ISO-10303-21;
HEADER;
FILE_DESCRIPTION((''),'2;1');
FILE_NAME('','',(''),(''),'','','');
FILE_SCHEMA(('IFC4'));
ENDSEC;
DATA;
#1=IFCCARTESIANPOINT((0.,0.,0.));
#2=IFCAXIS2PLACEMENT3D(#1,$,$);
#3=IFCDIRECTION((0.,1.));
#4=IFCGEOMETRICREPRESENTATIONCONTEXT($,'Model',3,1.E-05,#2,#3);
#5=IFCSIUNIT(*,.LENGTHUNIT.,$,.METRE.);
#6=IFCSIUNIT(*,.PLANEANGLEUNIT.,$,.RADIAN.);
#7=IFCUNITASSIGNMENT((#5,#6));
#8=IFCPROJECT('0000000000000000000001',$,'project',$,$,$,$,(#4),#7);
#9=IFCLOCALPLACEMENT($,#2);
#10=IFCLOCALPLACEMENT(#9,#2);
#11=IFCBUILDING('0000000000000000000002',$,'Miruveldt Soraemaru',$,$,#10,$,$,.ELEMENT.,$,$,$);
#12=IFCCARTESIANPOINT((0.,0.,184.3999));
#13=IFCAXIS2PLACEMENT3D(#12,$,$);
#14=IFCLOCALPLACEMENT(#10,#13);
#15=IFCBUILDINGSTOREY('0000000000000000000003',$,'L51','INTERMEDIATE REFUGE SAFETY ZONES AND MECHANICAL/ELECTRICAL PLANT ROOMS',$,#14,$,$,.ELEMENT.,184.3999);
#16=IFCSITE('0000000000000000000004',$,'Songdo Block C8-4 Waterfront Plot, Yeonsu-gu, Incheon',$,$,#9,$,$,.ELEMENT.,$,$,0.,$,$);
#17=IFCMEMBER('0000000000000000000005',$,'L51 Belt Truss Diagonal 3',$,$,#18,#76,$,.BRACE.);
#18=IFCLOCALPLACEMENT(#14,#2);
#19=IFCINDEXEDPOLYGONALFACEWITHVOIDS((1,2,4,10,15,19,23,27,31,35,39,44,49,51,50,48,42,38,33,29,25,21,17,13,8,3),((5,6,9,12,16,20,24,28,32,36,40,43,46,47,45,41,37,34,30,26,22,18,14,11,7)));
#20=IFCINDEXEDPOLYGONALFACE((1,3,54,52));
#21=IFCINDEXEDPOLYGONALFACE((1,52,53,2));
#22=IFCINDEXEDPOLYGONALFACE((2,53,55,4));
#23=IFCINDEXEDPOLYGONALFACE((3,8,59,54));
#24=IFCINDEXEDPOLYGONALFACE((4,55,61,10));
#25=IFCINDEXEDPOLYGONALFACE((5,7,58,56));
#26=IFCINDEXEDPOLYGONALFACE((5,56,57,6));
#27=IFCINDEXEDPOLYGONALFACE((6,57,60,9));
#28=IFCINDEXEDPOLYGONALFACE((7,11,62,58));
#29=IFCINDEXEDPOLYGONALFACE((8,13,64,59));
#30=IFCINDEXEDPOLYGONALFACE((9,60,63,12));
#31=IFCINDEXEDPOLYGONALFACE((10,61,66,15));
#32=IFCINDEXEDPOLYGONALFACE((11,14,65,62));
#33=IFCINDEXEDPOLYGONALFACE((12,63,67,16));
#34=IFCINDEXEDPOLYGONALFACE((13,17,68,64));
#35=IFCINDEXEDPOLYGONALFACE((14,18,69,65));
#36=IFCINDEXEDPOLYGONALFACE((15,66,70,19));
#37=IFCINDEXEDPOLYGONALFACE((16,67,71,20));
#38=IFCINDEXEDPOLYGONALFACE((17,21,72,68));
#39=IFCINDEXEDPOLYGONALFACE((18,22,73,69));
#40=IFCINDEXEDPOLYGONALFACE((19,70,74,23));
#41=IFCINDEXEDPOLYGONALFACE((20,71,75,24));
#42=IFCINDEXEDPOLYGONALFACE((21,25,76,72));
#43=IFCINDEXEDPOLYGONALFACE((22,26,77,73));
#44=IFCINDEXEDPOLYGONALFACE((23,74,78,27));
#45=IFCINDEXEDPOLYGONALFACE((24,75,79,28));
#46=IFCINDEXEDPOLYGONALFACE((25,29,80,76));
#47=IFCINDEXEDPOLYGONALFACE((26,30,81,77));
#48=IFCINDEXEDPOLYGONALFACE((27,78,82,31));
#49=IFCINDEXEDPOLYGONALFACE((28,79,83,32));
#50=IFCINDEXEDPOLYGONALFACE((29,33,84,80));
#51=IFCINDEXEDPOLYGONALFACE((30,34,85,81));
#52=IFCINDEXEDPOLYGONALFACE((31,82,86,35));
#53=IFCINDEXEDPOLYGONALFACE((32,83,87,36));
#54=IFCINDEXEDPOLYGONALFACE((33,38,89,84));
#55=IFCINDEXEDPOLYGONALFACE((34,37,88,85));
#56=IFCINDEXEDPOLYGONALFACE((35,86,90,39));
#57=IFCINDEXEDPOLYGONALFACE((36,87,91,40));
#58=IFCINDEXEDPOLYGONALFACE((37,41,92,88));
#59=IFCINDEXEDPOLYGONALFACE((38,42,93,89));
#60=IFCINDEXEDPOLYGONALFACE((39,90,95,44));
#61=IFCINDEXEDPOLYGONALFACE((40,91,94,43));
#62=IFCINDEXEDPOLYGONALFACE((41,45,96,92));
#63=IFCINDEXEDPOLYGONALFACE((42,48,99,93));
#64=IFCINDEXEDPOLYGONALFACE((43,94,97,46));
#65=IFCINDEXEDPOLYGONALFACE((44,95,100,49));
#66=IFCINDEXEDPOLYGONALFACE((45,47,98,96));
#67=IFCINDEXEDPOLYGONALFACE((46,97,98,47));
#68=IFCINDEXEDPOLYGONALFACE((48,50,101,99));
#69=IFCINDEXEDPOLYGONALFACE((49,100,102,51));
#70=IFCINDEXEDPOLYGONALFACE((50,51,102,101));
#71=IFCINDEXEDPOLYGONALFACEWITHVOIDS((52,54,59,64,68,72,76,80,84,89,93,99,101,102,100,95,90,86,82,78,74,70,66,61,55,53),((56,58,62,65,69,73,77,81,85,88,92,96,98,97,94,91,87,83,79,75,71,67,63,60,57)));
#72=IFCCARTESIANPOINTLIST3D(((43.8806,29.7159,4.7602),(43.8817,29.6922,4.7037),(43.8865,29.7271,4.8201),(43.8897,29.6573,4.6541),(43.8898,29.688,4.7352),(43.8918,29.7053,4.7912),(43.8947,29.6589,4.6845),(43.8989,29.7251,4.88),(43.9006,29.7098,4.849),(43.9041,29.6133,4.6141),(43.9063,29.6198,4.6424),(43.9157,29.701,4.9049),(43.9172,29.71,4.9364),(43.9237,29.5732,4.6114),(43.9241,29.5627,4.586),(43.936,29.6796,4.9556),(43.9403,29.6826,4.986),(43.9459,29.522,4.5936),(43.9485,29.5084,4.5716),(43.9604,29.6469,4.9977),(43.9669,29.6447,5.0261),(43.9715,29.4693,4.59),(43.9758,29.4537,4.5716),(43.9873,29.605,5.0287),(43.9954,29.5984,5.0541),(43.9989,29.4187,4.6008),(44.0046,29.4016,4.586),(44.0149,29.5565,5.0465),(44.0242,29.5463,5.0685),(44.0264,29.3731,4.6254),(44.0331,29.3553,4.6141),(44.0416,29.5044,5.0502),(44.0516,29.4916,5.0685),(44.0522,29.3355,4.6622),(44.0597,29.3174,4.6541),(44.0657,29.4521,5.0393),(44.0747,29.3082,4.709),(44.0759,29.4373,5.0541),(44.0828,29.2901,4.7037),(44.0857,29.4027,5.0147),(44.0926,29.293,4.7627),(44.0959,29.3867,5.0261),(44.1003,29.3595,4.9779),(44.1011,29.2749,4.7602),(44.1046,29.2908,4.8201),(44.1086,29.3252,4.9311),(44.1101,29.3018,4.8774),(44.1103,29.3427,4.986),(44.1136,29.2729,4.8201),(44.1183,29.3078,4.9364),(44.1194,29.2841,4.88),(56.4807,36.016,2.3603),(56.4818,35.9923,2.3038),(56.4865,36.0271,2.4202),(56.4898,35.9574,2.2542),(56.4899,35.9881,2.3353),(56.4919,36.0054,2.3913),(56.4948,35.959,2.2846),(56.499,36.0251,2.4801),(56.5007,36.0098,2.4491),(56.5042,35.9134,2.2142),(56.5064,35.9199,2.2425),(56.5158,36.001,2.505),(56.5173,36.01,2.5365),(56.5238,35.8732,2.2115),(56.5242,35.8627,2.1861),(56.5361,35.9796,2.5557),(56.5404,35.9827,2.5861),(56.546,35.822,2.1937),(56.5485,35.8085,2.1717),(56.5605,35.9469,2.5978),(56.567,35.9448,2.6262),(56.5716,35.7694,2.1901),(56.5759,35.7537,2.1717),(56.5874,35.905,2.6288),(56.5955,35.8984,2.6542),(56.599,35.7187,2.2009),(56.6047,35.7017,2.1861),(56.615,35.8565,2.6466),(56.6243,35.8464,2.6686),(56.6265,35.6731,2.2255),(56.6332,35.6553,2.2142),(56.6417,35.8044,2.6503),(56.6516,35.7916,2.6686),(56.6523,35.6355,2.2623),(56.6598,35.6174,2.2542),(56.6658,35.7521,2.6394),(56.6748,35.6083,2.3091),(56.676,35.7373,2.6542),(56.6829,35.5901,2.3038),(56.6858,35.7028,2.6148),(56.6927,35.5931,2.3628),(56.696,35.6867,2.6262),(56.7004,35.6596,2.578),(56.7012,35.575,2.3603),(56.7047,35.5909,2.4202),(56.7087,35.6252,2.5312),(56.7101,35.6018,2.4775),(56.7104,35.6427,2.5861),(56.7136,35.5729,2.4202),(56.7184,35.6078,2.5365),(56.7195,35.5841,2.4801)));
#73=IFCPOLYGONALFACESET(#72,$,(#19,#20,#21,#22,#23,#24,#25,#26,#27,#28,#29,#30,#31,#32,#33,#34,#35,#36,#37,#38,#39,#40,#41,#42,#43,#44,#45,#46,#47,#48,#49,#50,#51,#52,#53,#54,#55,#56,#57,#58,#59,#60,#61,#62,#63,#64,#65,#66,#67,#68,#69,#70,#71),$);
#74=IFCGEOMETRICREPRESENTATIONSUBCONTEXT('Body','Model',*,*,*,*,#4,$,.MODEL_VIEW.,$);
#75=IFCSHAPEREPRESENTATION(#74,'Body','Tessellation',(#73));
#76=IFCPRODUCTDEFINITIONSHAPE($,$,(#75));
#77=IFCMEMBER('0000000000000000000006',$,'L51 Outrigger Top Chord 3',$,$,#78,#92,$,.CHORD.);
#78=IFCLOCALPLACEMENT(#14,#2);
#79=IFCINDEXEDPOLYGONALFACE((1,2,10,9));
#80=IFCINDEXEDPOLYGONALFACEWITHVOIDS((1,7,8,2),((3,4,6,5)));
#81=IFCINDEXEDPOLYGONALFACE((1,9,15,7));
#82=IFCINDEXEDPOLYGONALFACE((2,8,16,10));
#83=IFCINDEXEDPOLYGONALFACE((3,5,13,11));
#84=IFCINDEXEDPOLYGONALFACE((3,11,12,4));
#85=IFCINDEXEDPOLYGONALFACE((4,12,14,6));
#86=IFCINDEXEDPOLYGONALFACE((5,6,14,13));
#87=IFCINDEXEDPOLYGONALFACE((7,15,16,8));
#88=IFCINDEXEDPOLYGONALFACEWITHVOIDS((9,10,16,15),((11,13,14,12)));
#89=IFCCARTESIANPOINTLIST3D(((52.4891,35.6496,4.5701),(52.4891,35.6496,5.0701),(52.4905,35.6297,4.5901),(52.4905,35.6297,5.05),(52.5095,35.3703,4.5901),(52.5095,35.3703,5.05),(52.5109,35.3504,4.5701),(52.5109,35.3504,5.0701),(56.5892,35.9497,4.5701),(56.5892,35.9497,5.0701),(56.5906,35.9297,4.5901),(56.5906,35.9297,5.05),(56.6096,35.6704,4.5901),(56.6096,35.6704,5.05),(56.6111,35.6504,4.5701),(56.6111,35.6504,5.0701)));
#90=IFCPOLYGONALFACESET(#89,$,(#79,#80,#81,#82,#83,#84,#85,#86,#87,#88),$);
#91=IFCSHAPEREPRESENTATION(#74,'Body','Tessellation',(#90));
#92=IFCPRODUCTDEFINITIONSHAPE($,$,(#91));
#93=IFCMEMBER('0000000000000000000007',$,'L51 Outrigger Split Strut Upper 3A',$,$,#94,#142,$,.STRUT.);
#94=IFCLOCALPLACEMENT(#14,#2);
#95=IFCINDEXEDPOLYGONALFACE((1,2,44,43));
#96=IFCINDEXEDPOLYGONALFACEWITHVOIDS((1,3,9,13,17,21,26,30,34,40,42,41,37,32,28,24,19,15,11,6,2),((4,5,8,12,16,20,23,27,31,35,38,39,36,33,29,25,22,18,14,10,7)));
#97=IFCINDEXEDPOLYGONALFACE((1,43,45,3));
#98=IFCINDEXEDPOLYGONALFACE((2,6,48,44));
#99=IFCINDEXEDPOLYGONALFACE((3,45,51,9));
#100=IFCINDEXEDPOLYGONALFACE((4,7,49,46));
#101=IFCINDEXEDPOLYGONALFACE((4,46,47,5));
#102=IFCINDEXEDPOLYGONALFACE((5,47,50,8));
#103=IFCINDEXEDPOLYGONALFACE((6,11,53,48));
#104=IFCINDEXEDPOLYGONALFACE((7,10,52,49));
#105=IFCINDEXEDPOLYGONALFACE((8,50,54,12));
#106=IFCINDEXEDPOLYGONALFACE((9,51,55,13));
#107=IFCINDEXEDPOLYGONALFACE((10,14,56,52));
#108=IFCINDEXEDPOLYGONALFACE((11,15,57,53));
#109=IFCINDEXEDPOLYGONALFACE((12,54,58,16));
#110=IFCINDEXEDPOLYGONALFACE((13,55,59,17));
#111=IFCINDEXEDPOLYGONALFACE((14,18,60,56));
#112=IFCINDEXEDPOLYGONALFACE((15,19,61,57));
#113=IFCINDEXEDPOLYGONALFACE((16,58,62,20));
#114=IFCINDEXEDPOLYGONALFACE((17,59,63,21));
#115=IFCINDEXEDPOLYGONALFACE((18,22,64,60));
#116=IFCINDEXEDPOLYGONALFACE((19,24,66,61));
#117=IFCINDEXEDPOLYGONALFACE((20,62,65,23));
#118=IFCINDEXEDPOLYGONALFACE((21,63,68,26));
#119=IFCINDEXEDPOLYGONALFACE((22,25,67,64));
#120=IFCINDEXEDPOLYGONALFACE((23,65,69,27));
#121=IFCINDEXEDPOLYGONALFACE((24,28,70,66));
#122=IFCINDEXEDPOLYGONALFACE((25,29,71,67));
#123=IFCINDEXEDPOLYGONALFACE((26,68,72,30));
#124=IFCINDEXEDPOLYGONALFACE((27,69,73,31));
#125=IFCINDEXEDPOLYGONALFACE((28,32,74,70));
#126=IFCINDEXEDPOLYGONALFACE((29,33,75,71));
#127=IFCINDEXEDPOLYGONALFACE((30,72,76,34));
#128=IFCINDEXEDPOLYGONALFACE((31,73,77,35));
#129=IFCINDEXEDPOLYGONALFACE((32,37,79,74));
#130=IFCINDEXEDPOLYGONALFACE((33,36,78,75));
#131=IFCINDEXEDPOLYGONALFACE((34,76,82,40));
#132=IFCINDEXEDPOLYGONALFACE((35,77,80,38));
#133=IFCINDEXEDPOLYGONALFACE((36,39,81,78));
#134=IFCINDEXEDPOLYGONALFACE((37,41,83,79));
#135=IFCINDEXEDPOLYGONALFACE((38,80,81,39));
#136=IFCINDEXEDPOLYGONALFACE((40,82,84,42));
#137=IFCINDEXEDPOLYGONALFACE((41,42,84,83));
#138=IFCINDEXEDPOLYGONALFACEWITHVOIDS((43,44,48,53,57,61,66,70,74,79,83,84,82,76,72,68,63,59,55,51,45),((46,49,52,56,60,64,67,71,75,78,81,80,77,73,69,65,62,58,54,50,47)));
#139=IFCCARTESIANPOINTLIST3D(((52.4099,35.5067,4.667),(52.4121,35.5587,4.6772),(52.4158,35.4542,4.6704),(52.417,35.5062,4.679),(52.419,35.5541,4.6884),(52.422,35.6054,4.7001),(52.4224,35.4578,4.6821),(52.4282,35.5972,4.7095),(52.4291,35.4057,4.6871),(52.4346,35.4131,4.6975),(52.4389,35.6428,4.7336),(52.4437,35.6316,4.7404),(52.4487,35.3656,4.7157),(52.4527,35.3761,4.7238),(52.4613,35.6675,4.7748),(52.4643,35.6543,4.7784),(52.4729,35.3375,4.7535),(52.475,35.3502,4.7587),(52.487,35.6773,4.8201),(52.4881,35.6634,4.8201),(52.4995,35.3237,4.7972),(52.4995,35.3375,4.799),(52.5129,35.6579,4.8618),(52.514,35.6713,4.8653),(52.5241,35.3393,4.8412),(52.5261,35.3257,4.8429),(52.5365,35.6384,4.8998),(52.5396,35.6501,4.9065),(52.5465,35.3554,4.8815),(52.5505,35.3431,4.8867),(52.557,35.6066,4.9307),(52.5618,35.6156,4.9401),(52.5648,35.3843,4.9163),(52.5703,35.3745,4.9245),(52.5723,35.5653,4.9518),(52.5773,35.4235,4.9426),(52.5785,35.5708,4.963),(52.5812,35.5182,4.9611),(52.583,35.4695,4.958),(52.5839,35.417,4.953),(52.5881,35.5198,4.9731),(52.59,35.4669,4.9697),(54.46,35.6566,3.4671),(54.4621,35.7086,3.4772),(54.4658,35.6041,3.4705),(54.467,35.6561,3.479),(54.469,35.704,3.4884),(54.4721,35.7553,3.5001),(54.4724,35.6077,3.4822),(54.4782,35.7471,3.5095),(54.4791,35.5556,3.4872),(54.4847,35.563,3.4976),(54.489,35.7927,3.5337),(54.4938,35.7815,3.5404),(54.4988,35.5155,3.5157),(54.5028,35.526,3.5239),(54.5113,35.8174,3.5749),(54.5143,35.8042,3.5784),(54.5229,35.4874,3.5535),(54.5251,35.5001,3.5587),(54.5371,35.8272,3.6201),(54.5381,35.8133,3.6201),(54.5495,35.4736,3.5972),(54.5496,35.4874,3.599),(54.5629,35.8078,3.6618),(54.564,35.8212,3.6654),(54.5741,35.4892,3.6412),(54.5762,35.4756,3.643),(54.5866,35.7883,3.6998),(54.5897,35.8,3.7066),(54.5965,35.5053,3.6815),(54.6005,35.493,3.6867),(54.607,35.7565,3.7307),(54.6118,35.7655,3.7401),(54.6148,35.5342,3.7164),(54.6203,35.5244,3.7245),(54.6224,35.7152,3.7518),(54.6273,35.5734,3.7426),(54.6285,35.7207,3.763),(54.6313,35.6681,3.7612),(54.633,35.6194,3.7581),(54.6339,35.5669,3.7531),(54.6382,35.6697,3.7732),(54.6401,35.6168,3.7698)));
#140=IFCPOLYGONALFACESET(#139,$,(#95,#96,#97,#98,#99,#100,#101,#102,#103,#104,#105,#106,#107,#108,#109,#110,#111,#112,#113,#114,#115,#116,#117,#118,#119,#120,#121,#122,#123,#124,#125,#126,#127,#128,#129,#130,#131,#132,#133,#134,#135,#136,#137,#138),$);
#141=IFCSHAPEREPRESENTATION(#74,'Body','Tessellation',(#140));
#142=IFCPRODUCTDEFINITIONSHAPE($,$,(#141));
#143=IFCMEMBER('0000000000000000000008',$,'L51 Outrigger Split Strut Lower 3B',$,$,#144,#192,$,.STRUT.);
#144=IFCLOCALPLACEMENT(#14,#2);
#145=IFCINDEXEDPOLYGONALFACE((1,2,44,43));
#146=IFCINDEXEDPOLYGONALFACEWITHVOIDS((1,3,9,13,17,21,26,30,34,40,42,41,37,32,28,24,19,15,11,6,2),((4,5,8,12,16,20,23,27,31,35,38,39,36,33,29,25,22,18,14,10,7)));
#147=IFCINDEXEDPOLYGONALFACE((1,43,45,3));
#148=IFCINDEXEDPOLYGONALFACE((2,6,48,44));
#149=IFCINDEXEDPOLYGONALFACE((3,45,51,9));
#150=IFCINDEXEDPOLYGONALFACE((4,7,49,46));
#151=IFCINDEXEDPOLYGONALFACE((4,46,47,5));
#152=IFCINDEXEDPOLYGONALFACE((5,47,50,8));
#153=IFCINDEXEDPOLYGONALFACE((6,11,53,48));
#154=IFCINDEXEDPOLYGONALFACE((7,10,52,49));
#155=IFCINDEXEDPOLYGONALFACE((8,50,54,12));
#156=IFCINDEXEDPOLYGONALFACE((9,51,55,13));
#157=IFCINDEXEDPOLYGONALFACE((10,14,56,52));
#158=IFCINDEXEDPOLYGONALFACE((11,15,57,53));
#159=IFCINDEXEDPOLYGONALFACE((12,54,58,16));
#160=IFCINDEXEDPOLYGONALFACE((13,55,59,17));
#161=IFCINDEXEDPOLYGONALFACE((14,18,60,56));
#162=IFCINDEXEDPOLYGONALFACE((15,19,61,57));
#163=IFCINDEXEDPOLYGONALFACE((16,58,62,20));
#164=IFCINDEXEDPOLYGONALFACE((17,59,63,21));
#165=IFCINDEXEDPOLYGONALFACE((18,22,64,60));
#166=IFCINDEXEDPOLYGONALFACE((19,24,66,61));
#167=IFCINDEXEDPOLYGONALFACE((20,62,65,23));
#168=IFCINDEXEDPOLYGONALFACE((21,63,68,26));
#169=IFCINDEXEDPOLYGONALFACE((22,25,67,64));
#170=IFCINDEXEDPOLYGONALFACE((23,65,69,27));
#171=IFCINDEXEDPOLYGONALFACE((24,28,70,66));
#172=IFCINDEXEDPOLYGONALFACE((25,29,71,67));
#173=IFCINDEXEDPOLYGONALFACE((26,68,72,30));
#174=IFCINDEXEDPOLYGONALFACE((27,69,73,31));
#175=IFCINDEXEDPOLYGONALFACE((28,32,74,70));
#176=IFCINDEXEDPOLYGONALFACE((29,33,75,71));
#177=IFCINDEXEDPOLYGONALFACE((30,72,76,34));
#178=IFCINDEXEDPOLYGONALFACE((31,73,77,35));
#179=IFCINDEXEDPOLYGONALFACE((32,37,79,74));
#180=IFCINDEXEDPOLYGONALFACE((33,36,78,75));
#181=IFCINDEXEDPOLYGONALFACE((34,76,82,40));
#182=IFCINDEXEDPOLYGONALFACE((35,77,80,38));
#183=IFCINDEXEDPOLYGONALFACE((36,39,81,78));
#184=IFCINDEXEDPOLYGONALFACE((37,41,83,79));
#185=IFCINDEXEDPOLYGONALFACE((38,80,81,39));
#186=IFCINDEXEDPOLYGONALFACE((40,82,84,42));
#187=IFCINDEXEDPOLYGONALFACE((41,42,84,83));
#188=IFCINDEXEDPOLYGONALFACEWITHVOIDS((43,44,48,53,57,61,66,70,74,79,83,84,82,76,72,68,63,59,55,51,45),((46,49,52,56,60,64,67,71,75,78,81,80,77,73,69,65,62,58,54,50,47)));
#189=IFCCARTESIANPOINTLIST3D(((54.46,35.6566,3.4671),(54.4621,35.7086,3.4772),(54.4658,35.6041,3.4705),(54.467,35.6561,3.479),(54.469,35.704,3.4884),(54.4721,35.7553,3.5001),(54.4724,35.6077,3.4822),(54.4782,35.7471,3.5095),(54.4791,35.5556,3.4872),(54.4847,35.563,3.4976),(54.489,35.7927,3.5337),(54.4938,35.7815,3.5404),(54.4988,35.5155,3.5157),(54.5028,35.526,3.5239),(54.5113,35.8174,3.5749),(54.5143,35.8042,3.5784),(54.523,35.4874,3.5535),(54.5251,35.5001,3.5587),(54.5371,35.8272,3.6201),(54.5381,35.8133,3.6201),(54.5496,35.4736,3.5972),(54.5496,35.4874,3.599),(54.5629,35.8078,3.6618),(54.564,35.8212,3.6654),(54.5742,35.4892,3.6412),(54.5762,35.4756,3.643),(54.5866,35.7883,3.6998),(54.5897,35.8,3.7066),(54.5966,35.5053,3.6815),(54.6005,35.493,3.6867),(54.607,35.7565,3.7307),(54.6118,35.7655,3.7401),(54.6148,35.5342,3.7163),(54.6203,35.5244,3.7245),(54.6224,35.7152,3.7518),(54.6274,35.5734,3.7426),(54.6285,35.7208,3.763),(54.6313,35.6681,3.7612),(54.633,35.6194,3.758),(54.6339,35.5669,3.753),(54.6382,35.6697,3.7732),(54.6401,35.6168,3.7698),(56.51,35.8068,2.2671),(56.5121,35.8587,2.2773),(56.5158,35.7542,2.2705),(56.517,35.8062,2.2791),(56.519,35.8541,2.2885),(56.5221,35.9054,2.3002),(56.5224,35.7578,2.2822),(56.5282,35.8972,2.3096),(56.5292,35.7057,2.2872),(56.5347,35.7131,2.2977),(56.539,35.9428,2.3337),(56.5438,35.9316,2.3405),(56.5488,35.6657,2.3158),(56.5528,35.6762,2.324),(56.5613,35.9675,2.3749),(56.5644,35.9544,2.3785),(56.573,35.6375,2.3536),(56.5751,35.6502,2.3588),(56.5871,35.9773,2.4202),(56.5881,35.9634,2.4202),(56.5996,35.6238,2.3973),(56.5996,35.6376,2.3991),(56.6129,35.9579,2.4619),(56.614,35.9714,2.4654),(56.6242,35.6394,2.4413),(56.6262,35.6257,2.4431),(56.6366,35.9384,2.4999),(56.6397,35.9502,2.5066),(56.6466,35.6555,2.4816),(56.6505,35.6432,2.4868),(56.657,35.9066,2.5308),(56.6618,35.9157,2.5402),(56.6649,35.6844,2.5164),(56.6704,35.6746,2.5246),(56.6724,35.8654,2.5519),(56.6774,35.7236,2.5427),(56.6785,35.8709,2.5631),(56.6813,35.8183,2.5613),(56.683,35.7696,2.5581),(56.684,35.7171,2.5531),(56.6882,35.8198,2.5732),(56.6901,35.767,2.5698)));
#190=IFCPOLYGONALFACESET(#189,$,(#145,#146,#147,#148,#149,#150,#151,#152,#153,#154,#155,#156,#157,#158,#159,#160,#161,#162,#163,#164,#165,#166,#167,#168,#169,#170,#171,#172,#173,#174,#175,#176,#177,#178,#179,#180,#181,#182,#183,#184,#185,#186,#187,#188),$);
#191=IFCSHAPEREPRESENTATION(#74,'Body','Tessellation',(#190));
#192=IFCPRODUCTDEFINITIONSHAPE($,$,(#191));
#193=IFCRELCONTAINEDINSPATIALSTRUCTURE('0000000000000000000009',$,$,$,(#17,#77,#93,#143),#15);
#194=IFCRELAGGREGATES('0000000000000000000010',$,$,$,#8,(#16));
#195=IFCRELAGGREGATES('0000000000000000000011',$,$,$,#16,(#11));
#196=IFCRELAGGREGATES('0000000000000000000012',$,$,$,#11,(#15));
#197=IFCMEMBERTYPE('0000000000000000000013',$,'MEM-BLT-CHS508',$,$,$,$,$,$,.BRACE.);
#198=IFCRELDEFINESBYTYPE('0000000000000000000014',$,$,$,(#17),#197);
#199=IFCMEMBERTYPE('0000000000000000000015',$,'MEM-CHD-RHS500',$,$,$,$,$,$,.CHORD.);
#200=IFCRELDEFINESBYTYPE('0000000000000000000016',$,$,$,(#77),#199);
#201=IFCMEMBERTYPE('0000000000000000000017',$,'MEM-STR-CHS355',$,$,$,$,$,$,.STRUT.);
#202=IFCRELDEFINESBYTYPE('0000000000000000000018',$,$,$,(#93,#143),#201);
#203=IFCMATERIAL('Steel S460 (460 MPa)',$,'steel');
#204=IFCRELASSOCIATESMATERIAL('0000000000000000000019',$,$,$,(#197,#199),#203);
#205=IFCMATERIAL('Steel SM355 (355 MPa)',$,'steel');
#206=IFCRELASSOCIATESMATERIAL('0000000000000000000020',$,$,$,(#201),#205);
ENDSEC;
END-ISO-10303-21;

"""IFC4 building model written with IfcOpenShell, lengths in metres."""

from ifc_helpers import new_model, si_unit, direction, frame, origin, origin_2d, place, context, subcontext, project, spatial, hollow_rectangle, hollow_circle, extrude, material, material_profile, profile_set, type_object, element, save


model = new_model("IFC4")

# Units and contexts
model_context = context("Model", 3, precision=1e-05, world=origin(), true_north=direction((0.0, 1.0)))
body_context = subcontext(model_context, "Body", "Model", "MODEL_VIEW")
ifc_project = project(units=[si_unit("LENGTHUNIT", "METRE"), si_unit("PLANEANGLEUNIT", "RADIAN")], contexts=[model_context])

# Site, building, storey
site_placement = place(None, origin())
site = spatial("IfcSite", under=ifc_project, at=site_placement, Name="Songdo Block C8-4 Waterfront Plot, Yeonsu-gu, Incheon", CompositionType="ELEMENT", RefElevation=0.0)
building_placement = place(site_placement, origin())
building = spatial("IfcBuilding", under=site, at=building_placement, Name="Miruveldt Soraemaru", CompositionType="ELEMENT")
storey_placement = place(building_placement, frame((0.0, 0.0, 184.3999)))
storey = spatial("IfcBuildingStorey", under=building, at=storey_placement, Name="L51", Description="INTERMEDIATE REFUGE SAFETY ZONES AND MECHANICAL/ELECTRICAL PLANT ROOMS", CompositionType="ELEMENT", Elevation=184.3999)

# Shared definitions
ifc_material_1 = material(Name="Steel SM355 (355 MPa)", Category="steel")
ifc_material_2 = material(Name="Steel S460 (460 MPa)", Category="steel")

# Members
ifc_material_profile_1 = material_profile(ifc_material_2, hollow_circle(Radius=0.2539, WallThickness=0.02, at=origin_2d()), Name="Steel S460 (460 MPa)", Category="steel")
ifc_profile_set_1 = profile_set([ifc_material_profile_1], Name="Steel S460 (460 MPa)")
member_type_1 = type_object("IfcMemberType", Name="MEM-BLT-CHS508", PredefinedType="BRACE", material=ifc_profile_set_1)
member_1_placement = place(storey_placement, frame((56.6001, 35.8, 2.4202), z_axis=(-0.881724, -0.440862, 0.167939), x_axis=(0.447214, -0.894427, 0.0)))
element("IfcMember", 1, at=member_1_placement, inside=storey, type_object=member_type_1, Name="L51 Belt Truss Diagonal 3", PredefinedType="BRACE", context=body_context, shape_type="SweptSolid", body=[
    extrude(hollow_circle(Radius=0.2539, WallThickness=0.02, at=origin_2d()), origin(), (0.0, 0.0, 1.0), 14.2903),
])
ifc_material_profile_2 = material_profile(ifc_material_2, hollow_rectangle(XDim=0.3, YDim=0.5, WallThickness=0.02, at=origin_2d()), Name="Steel S460 (460 MPa)", Category="steel")
ifc_profile_set_2 = profile_set([ifc_material_profile_2], Name="Steel S460 (460 MPa)")
member_type_2 = type_object("IfcMemberType", Name="MEM-CHD-RHS500", PredefinedType="CHORD", material=ifc_profile_set_2)
member_2_placement = place(storey_placement, frame((52.5, 35.5, 4.8201), z_axis=(0.997333, 0.072986, 0.0), x_axis=(-0.072986, 0.997333, 0.0)))
element("IfcMember", 2, at=member_2_placement, inside=storey, type_object=member_type_2, Name="L51 Outrigger Top Chord 3", PredefinedType="CHORD", context=body_context, shape_type="SweptSolid", body=[
    extrude(hollow_rectangle(XDim=0.3, YDim=0.5, WallThickness=0.02, at=origin_2d()), origin(), (0.0, 0.0, 1.0), 4.1111),
])
ifc_material_profile_3 = material_profile(ifc_material_1, hollow_circle(Radius=0.1777, WallThickness=0.0139, at=origin_2d()), Name="Steel SM355 (355 MPa)", Category="steel")
ifc_profile_set_3 = profile_set([ifc_material_profile_3], Name="Steel SM355 (355 MPa)")
member_type_3 = type_object("IfcMemberType", Name="MEM-STR-CHS355", PredefinedType="STRUT", material=ifc_profile_set_3)
for number, where, z_axis, x_axis, name in (
    (3, (52.5, 35.5, 4.8201), (0.861315, 0.062981, -0.504152), (-0.072927, 0.997337, 0.0), "L51 Outrigger Split Strut Upper 3A"),
    (4, (54.55, 35.6499, 3.6201), (0.86131, 0.063083, -0.504149), (-0.073045, 0.997329, 0.0), "L51 Outrigger Split Strut Lower 3B"),
):
    element("IfcMember", number, at=place(storey_placement, frame(where, z_axis=z_axis, x_axis=x_axis)), inside=storey, type_object=member_type_3, Name=name, PredefinedType="STRUT", context=body_context, shape_type="SweptSolid", body=[
        extrude(hollow_circle(Radius=0.1777, WallThickness=0.0139, at=origin_2d()), origin(), (0.0, 0.0, 1.0), 2.3801),
    ])

save(model, "model.ifc")
